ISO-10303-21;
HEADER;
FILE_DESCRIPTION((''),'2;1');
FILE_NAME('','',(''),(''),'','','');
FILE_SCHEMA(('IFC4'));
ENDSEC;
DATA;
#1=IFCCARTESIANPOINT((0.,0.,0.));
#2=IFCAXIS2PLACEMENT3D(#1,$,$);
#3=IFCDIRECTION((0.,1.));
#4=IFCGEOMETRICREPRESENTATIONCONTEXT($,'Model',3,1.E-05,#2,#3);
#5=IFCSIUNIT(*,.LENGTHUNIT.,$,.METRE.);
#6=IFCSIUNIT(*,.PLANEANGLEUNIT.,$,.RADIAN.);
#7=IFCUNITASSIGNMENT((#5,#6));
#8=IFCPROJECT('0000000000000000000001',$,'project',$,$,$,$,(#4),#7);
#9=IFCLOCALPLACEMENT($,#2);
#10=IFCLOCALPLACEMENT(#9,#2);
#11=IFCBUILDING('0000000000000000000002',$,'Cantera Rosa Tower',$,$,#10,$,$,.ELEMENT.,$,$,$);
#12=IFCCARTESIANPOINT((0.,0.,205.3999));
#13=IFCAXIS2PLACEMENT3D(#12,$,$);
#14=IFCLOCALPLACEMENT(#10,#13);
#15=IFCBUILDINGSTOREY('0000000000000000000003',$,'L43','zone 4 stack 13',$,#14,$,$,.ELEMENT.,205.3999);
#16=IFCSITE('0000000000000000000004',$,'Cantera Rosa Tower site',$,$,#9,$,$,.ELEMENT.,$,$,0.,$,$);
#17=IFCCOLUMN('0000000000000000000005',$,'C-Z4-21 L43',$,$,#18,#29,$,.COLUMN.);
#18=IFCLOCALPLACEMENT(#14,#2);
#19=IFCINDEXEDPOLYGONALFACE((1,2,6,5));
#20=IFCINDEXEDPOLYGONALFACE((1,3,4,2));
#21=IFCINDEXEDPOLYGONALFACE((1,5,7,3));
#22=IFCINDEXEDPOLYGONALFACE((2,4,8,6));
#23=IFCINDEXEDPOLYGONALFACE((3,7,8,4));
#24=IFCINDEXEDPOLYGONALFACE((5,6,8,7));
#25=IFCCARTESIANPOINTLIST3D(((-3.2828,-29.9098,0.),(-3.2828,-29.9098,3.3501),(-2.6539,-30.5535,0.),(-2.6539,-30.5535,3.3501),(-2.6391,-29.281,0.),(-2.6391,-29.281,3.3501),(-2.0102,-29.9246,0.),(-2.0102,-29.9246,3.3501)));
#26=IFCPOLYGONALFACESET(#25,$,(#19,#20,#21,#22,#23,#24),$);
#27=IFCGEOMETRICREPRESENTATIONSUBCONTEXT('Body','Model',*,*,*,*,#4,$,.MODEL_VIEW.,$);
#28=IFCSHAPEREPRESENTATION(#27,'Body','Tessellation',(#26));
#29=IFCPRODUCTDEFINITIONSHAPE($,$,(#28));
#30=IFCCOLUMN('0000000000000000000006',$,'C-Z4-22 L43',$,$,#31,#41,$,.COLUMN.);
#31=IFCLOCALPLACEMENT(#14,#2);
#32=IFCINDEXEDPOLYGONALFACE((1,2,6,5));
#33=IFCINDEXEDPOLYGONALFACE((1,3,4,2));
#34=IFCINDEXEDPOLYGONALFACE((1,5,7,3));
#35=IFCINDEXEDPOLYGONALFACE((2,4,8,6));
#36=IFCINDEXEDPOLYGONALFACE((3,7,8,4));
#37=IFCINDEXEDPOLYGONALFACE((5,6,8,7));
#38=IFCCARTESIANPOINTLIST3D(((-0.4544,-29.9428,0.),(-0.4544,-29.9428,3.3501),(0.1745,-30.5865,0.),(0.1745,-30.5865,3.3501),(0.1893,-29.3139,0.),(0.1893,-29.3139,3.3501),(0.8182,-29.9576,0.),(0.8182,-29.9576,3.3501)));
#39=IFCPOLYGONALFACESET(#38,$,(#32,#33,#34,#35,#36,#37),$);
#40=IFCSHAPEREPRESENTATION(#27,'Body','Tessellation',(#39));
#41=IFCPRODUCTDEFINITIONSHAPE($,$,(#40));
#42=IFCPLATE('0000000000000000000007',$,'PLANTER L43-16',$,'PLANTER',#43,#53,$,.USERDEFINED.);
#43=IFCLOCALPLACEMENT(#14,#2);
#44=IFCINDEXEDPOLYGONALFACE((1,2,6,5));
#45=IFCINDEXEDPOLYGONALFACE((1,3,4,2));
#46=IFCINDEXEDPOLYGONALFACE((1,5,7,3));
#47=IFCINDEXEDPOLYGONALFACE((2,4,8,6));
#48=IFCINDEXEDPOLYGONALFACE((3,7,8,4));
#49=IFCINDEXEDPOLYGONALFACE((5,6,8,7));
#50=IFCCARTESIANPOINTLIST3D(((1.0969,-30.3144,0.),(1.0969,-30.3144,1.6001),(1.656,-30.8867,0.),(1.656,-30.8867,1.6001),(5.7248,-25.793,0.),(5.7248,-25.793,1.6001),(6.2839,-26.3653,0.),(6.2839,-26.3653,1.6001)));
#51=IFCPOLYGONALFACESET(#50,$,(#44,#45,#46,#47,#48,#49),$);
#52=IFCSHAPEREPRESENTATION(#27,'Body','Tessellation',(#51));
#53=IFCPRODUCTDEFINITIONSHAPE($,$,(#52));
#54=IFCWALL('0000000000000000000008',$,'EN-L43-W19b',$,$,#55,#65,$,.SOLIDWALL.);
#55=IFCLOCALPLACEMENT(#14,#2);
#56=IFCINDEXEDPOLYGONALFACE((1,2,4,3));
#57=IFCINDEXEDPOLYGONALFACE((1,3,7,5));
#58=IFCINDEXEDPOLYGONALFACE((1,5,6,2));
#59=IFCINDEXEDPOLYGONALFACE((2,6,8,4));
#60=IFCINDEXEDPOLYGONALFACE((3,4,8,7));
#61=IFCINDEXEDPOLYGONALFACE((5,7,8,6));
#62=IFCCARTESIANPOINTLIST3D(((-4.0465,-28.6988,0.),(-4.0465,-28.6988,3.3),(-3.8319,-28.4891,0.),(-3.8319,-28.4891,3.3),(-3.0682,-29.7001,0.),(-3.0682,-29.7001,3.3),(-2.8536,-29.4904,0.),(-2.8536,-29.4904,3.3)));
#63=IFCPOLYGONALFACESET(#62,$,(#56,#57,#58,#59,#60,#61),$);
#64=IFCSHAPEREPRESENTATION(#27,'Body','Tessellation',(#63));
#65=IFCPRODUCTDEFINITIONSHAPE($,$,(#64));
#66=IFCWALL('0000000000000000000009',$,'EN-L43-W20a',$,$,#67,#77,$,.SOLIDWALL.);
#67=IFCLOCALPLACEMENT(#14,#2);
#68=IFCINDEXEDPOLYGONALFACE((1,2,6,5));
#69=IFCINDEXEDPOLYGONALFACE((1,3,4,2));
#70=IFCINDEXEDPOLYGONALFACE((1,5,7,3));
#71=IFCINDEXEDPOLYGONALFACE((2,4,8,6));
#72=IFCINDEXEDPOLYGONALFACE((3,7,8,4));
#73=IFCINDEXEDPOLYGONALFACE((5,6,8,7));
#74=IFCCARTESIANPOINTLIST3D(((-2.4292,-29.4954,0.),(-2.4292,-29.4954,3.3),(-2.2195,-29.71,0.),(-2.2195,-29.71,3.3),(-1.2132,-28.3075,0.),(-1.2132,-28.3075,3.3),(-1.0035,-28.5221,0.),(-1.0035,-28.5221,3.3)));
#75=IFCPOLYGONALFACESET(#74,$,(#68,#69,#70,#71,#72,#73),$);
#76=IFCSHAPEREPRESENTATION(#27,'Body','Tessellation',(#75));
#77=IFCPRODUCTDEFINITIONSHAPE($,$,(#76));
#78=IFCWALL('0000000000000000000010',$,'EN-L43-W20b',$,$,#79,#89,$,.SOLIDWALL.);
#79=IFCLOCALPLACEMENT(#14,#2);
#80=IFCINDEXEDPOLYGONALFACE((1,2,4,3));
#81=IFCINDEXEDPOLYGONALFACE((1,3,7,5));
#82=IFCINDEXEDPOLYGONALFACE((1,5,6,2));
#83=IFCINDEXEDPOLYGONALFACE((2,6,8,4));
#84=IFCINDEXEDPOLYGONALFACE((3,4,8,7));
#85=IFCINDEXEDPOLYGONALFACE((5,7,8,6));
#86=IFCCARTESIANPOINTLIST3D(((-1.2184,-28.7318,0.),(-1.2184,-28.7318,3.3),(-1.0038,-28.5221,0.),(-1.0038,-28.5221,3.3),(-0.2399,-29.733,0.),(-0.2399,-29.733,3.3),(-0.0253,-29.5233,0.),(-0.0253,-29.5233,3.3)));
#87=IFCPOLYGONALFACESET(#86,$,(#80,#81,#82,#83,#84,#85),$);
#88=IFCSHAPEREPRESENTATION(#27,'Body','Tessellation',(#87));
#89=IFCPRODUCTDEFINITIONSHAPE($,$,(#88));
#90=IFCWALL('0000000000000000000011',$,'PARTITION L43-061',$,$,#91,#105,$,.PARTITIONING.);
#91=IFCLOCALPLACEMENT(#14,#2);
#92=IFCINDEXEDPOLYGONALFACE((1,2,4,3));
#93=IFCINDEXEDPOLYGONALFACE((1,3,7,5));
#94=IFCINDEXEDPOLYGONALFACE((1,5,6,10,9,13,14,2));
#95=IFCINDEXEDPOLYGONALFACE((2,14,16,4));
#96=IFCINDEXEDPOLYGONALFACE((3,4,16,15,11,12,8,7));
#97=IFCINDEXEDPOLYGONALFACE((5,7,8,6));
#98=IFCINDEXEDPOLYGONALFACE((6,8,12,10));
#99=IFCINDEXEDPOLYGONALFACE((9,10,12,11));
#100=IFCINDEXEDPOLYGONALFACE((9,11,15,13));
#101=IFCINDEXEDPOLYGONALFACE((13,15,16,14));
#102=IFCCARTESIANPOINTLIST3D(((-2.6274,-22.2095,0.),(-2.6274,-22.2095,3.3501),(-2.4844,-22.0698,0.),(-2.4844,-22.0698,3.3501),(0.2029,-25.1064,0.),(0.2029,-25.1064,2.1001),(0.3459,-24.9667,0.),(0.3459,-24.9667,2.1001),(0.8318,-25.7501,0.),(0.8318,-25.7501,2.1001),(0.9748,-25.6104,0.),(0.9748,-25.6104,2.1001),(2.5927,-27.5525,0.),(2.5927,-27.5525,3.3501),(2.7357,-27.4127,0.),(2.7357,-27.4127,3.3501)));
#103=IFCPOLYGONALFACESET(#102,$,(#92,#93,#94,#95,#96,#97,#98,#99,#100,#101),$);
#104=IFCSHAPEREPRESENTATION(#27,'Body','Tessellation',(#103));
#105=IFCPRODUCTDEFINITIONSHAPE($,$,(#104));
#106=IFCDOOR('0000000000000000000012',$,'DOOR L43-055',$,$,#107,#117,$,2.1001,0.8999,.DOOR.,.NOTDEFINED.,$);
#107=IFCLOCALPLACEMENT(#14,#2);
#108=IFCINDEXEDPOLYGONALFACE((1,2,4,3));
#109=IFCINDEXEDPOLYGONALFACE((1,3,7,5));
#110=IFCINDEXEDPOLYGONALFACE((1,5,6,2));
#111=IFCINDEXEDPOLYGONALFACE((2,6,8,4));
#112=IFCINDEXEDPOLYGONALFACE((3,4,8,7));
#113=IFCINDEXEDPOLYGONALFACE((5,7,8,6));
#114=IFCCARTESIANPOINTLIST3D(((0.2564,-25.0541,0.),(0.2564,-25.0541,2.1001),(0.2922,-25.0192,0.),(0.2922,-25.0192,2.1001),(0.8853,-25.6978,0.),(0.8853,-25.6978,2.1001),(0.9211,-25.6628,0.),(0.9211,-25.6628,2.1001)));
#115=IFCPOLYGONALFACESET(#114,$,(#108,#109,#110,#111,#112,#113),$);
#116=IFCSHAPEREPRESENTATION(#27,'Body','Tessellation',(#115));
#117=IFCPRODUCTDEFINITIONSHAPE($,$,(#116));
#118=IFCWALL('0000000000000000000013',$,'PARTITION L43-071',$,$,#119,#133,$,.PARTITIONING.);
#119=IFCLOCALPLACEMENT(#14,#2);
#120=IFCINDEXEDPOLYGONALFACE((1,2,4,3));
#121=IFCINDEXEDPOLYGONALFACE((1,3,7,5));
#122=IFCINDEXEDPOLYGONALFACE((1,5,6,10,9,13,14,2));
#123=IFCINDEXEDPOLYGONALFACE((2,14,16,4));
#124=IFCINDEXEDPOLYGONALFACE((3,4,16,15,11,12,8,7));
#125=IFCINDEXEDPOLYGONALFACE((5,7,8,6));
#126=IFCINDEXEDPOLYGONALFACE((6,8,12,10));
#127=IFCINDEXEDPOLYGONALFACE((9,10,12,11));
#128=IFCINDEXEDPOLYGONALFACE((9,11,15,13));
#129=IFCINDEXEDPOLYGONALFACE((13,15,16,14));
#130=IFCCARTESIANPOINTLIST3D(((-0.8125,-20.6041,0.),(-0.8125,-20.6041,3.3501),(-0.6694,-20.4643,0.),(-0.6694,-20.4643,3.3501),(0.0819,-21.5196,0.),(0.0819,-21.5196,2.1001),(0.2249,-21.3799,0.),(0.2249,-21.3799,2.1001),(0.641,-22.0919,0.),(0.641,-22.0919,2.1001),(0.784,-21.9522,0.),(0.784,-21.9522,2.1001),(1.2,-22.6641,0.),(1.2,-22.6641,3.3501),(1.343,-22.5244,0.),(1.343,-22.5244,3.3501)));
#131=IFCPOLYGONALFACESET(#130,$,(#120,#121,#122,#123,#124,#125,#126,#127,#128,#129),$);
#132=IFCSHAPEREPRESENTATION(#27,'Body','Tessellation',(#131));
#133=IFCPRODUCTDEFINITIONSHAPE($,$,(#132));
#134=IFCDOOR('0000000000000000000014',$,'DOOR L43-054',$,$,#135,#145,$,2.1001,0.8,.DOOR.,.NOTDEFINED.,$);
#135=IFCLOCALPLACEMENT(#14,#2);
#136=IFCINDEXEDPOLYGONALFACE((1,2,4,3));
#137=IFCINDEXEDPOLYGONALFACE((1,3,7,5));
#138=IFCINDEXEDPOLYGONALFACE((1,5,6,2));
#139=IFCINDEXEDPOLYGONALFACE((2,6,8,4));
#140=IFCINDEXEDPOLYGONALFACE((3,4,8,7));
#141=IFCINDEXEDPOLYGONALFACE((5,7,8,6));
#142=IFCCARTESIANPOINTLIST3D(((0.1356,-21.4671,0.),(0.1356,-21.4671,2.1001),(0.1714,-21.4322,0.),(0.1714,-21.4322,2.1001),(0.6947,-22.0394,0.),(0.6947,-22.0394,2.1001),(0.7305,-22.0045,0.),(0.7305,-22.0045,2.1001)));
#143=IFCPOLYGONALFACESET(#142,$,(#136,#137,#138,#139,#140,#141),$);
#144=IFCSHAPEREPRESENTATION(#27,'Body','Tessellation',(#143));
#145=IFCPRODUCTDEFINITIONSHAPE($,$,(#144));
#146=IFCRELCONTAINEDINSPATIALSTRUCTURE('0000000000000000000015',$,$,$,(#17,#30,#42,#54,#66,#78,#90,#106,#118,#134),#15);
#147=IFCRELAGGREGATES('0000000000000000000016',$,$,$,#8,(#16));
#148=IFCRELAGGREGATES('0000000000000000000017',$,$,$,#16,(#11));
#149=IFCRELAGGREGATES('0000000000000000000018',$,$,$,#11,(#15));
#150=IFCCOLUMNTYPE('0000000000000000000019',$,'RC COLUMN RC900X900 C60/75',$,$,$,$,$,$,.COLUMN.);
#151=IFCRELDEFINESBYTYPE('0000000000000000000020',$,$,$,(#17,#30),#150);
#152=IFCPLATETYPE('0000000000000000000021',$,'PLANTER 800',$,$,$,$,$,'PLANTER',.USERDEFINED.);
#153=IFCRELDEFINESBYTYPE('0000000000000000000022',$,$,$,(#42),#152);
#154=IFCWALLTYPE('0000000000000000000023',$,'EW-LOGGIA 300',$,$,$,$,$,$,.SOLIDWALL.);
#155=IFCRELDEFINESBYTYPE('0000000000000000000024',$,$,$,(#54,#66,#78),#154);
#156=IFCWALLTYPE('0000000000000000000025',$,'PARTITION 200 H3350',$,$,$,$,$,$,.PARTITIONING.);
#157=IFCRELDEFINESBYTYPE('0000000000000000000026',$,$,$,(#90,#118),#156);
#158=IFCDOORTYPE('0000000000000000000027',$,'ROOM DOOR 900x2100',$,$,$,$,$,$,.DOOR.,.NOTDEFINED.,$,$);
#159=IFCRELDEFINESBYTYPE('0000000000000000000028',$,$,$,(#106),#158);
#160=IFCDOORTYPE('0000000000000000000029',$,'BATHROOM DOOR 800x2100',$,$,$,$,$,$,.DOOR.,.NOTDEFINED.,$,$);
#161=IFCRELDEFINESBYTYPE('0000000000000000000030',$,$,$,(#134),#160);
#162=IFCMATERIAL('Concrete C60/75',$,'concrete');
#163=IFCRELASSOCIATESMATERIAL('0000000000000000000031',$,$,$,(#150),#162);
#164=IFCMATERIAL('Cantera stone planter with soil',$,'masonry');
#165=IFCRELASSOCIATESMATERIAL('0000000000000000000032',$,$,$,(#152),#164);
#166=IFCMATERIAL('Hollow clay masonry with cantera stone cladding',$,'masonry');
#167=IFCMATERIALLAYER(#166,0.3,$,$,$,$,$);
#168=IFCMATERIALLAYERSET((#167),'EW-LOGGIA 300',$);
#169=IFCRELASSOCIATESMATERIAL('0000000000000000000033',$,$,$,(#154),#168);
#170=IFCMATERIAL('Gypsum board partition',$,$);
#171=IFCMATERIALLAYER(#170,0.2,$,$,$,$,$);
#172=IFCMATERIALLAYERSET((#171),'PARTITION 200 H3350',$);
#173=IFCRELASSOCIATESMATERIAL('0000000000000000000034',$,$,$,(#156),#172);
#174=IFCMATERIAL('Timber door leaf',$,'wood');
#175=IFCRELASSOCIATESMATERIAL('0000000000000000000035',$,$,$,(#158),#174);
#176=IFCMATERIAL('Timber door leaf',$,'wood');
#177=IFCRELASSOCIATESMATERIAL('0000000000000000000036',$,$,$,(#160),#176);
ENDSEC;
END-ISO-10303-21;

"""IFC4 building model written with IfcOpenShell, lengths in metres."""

from ifc_helpers import new_model, si_unit, direction, frame, frame_2d, origin, origin_2d, place, context, subcontext, project, spatial, rectangle, extrude, material, layer, layer_set, material_profile, profile_set, type_object, element, fill, save


model = new_model("IFC4")

# Units and contexts
model_context = context("Model", 3, precision=1e-05, world=origin(), true_north=direction((0.0, 1.0)))
body_context = subcontext(model_context, "Body", "Model", "MODEL_VIEW")
ifc_project = project(units=[si_unit("LENGTHUNIT", "METRE"), si_unit("PLANEANGLEUNIT", "RADIAN")], contexts=[model_context])

# Site, building, storey
site_placement = place(None, origin())
site = spatial("IfcSite", under=ifc_project, at=site_placement, Name="Cantera Rosa Tower site", CompositionType="ELEMENT", RefElevation=0.0)
building_placement = place(site_placement, origin())
building = spatial("IfcBuilding", under=site, at=building_placement, Name="Cantera Rosa Tower", CompositionType="ELEMENT")
storey_placement = place(building_placement, frame((0.0, 0.0, 205.3999)))
storey = spatial("IfcBuildingStorey", under=building, at=storey_placement, Name="L43", Description="zone 4 stack 13", CompositionType="ELEMENT", Elevation=205.3999)

# Columns
ifc_material_1 = material(Name="Concrete C60/75", Category="concrete")
ifc_material_profile = material_profile(ifc_material_1, rectangle(XDim=0.8999, YDim=0.8999, at=origin_2d()), Name="RC COLUMN RC900X900 C60/75")
ifc_profile_set = profile_set([ifc_material_profile], Name="Concrete C60/75")
column_type = type_object("IfcColumnType", Name="RC COLUMN RC900X900 C60/75", PredefinedType="COLUMN", material=ifc_profile_set)
for number, where, z_axis, x_axis, name in (
    (1, (-2.6465, -29.9172, 0.0), (0.0, 0.0, 1.0), (0.715286, 0.698832, 0.0), "C-Z4-21 L43"),
    (2, (0.1819, -29.9502, 0.0), (0.0, 0.0, 1.0), (0.715286, 0.698832, 0.0), "C-Z4-22 L43"),
):
    element("IfcColumn", number, at=place(storey_placement, frame(where, z_axis=z_axis, x_axis=x_axis)), inside=storey, type_object=column_type, Name=name, PredefinedType="COLUMN", context=body_context, shape_type="SweptSolid", body=[
        extrude(rectangle(XDim=0.8999, YDim=0.8999, at=origin_2d()), origin(), (0.0, 0.0, 1.0), 3.3501),
    ])

# Plate
ifc_material_2 = material(Name="Cantera stone planter with soil", Category="masonry")
plate_type = type_object("IfcPlateType", Name="PLANTER 800", ElementType="PLANTER", PredefinedType="USERDEFINED", material=ifc_material_2)
plate_placement = place(storey_placement, frame((3.6904, -28.3398, 0.0), z_axis=(0.0, 0.0, 1.0), x_axis=(0.715286, 0.698832, 0.0)))
element("IfcPlate", 3, at=plate_placement, inside=storey, type_object=plate_type, Name="PLANTER L43-16", ObjectType="PLANTER", PredefinedType="USERDEFINED", context=body_context, shape_type="SweptSolid", body=[
    extrude(rectangle(XDim=6.47, YDim=0.8, at=origin_2d()), origin(), (0.0, 0.0, 1.0), 1.6001),
])

# Walls
ifc_material_3 = material(Name="Hollow clay masonry with cantera stone cladding", Category="masonry")
ifc_layer_1 = layer(ifc_material_3, 0.3)
ifc_layer_set_1 = layer_set([ifc_layer_1], Name="EW-LOGGIA 300")
wall_type_1 = type_object("IfcWallType", Name="EW-LOGGIA 300", PredefinedType="SOLIDWALL", material=ifc_layer_set_1)
wall_1_placement = place(storey_placement, frame((-3.9392, -28.594, 0.0), z_axis=(0.0, 0.0, 1.0), x_axis=(0.698862, -0.715257, 0.0)))
element("IfcWall", 4, at=wall_1_placement, inside=storey, type_object=wall_type_1, Name="EN-L43-W19b", PredefinedType="SOLIDWALL", context=body_context, shape_type="SweptSolid", body=[
    extrude(rectangle(XDim=1.3999, YDim=0.3, at=frame_2d((0.7, 0.0))), origin(), (0.0, 0.0, 1.0), 3.3),
])
wall_2_placement = place(storey_placement, frame((-2.3245, -29.6028, 0.0), z_axis=(0.0, 0.0, 1.0), x_axis=(0.715316, 0.698801, 0.0)))
element("IfcWall", 5, at=wall_2_placement, inside=storey, type_object=wall_type_1, Name="EN-L43-W20a", PredefinedType="SOLIDWALL", context=body_context, shape_type="SweptSolid", body=[
    extrude(rectangle(XDim=1.7, YDim=0.3, at=frame_2d((0.8501, 0.0))), origin(), (0.0, 0.0, 1.0), 3.3),
])
wall_3_placement = place(storey_placement, frame((-1.1111, -28.627, 0.0), z_axis=(0.0, 0.0, 1.0), x_axis=(0.698951, -0.715169, 0.0)))
element("IfcWall", 6, at=wall_3_placement, inside=storey, type_object=wall_type_1, Name="EN-L43-W20b", PredefinedType="SOLIDWALL", context=body_context, shape_type="SweptSolid", body=[
    extrude(rectangle(XDim=1.3999, YDim=0.3, at=frame_2d((0.7, 0.0))), origin(), (0.0, 0.0, 1.0), 3.3),
])

# Walls, openings, doors
ifc_material_4 = material(Name="Gypsum board partition")
ifc_layer_2 = layer(ifc_material_4, 0.2)
ifc_layer_set_2 = layer_set([ifc_layer_2], Name="PARTITION 200 H3350")
wall_type_2 = type_object("IfcWallType", Name="PARTITION 200 H3350", PredefinedType="PARTITIONING", material=ifc_layer_set_2)
wall_4_placement = place(storey_placement, frame((-2.5559, -22.1396, 0.0), z_axis=(0.0, 0.0, 1.0), x_axis=(0.698839, -0.715279, 0.0)))
wall_4 = element("IfcWall", 7, at=wall_4_placement, inside=storey, type_object=wall_type_2, Name="PARTITION L43-061", PredefinedType="PARTITIONING", context=body_context, shape_type="SweptSolid", body=[
    extrude(rectangle(XDim=7.4697, YDim=0.2, at=frame_2d((3.7349, 0.0))), origin(), (0.0, 0.0, 1.0), 3.3501),
])
opening_1_placement = place(wall_4_placement, frame((4.05, 0.0, 0.0)))
opening_1 = element("IfcOpeningElement", 8, at=opening_1_placement, cuts=wall_4, PredefinedType="OPENING", context=body_context, shape_type="SweptSolid", body=[
    extrude(rectangle(XDim=0.8999, YDim=2.1001, at=frame_2d((0.45, 1.05))), frame((0.0, 0.1099, 0.0), z_axis=(0.0, -1.0, 0.0), x_axis=(1.0, 0.0, 0.0)), (0.0, 0.0, 1.0), 0.22),
])
ifc_material_5 = material(Name="Timber door leaf", Category="wood")
door_type_1 = type_object("IfcDoorType", Name="ROOM DOOR 900x2100", OperationType="NOTDEFINED", PredefinedType="DOOR", material=ifc_material_5)
door_1_placement = place(opening_1_placement, origin())
door_1 = element("IfcDoor", 9, at=door_1_placement, inside=storey, type_object=door_type_1, Name="DOOR L43-055", OperationType="NOTDEFINED", OverallHeight=2.1001, OverallWidth=0.8999, PredefinedType="DOOR", context=body_context, shape_type="SweptSolid", body=[
    extrude(rectangle(XDim=0.8999, YDim=2.1001, at=frame_2d((0.45, 1.05))), frame((0.0, 0.0249, 0.0), z_axis=(0.0, -1.0, 0.0), x_axis=(1.0, 0.0, 0.0)), (0.0, 0.0, 1.0), 0.05),
])
fill(opening_1, door_1)
wall_5_placement = place(storey_placement, frame((1.2715, -22.5942, 0.0), z_axis=(0.0, 0.0, 1.0), x_axis=(-0.698793, 0.715324, 0.0)))
wall_5 = element("IfcWall", 10, at=wall_5_placement, inside=storey, type_object=wall_type_2, Name="PARTITION L43-071", PredefinedType="PARTITIONING", context=body_context, shape_type="SweptSolid", body=[
    extrude(rectangle(XDim=2.8799, YDim=0.2, at=frame_2d((1.4399, 0.0))), origin(), (0.0, 0.0, 1.0), 3.3501),
])
opening_2_placement = place(wall_5_placement, frame((0.8, 0.0, 0.0)))
opening_2 = element("IfcOpeningElement", 11, at=opening_2_placement, cuts=wall_5, PredefinedType="OPENING", context=body_context, shape_type="SweptSolid", body=[
    extrude(rectangle(XDim=0.8, YDim=2.1001, at=frame_2d((0.3999, 1.05))), frame((0.0, 0.1099, 0.0), z_axis=(0.0, -1.0, 0.0), x_axis=(1.0, 0.0, 0.0)), (0.0, 0.0, 1.0), 0.22),
])
ifc_material_6 = material(Name="Timber door leaf", Category="wood")
door_type_2 = type_object("IfcDoorType", Name="BATHROOM DOOR 800x2100", OperationType="NOTDEFINED", PredefinedType="DOOR", material=ifc_material_6)
door_2_placement = place(opening_2_placement, origin())
door_2 = element("IfcDoor", 12, at=door_2_placement, inside=storey, type_object=door_type_2, Name="DOOR L43-054", OperationType="NOTDEFINED", OverallHeight=2.1001, OverallWidth=0.8, PredefinedType="DOOR", context=body_context, shape_type="SweptSolid", body=[
    extrude(rectangle(XDim=0.8, YDim=2.1001, at=frame_2d((0.3999, 1.05))), frame((0.0, 0.0249, 0.0), z_axis=(0.0, -1.0, 0.0), x_axis=(1.0, 0.0, 0.0)), (0.0, 0.0, 1.0), 0.05),
])
fill(opening_2, door_2)

save(model, "model.ifc")
